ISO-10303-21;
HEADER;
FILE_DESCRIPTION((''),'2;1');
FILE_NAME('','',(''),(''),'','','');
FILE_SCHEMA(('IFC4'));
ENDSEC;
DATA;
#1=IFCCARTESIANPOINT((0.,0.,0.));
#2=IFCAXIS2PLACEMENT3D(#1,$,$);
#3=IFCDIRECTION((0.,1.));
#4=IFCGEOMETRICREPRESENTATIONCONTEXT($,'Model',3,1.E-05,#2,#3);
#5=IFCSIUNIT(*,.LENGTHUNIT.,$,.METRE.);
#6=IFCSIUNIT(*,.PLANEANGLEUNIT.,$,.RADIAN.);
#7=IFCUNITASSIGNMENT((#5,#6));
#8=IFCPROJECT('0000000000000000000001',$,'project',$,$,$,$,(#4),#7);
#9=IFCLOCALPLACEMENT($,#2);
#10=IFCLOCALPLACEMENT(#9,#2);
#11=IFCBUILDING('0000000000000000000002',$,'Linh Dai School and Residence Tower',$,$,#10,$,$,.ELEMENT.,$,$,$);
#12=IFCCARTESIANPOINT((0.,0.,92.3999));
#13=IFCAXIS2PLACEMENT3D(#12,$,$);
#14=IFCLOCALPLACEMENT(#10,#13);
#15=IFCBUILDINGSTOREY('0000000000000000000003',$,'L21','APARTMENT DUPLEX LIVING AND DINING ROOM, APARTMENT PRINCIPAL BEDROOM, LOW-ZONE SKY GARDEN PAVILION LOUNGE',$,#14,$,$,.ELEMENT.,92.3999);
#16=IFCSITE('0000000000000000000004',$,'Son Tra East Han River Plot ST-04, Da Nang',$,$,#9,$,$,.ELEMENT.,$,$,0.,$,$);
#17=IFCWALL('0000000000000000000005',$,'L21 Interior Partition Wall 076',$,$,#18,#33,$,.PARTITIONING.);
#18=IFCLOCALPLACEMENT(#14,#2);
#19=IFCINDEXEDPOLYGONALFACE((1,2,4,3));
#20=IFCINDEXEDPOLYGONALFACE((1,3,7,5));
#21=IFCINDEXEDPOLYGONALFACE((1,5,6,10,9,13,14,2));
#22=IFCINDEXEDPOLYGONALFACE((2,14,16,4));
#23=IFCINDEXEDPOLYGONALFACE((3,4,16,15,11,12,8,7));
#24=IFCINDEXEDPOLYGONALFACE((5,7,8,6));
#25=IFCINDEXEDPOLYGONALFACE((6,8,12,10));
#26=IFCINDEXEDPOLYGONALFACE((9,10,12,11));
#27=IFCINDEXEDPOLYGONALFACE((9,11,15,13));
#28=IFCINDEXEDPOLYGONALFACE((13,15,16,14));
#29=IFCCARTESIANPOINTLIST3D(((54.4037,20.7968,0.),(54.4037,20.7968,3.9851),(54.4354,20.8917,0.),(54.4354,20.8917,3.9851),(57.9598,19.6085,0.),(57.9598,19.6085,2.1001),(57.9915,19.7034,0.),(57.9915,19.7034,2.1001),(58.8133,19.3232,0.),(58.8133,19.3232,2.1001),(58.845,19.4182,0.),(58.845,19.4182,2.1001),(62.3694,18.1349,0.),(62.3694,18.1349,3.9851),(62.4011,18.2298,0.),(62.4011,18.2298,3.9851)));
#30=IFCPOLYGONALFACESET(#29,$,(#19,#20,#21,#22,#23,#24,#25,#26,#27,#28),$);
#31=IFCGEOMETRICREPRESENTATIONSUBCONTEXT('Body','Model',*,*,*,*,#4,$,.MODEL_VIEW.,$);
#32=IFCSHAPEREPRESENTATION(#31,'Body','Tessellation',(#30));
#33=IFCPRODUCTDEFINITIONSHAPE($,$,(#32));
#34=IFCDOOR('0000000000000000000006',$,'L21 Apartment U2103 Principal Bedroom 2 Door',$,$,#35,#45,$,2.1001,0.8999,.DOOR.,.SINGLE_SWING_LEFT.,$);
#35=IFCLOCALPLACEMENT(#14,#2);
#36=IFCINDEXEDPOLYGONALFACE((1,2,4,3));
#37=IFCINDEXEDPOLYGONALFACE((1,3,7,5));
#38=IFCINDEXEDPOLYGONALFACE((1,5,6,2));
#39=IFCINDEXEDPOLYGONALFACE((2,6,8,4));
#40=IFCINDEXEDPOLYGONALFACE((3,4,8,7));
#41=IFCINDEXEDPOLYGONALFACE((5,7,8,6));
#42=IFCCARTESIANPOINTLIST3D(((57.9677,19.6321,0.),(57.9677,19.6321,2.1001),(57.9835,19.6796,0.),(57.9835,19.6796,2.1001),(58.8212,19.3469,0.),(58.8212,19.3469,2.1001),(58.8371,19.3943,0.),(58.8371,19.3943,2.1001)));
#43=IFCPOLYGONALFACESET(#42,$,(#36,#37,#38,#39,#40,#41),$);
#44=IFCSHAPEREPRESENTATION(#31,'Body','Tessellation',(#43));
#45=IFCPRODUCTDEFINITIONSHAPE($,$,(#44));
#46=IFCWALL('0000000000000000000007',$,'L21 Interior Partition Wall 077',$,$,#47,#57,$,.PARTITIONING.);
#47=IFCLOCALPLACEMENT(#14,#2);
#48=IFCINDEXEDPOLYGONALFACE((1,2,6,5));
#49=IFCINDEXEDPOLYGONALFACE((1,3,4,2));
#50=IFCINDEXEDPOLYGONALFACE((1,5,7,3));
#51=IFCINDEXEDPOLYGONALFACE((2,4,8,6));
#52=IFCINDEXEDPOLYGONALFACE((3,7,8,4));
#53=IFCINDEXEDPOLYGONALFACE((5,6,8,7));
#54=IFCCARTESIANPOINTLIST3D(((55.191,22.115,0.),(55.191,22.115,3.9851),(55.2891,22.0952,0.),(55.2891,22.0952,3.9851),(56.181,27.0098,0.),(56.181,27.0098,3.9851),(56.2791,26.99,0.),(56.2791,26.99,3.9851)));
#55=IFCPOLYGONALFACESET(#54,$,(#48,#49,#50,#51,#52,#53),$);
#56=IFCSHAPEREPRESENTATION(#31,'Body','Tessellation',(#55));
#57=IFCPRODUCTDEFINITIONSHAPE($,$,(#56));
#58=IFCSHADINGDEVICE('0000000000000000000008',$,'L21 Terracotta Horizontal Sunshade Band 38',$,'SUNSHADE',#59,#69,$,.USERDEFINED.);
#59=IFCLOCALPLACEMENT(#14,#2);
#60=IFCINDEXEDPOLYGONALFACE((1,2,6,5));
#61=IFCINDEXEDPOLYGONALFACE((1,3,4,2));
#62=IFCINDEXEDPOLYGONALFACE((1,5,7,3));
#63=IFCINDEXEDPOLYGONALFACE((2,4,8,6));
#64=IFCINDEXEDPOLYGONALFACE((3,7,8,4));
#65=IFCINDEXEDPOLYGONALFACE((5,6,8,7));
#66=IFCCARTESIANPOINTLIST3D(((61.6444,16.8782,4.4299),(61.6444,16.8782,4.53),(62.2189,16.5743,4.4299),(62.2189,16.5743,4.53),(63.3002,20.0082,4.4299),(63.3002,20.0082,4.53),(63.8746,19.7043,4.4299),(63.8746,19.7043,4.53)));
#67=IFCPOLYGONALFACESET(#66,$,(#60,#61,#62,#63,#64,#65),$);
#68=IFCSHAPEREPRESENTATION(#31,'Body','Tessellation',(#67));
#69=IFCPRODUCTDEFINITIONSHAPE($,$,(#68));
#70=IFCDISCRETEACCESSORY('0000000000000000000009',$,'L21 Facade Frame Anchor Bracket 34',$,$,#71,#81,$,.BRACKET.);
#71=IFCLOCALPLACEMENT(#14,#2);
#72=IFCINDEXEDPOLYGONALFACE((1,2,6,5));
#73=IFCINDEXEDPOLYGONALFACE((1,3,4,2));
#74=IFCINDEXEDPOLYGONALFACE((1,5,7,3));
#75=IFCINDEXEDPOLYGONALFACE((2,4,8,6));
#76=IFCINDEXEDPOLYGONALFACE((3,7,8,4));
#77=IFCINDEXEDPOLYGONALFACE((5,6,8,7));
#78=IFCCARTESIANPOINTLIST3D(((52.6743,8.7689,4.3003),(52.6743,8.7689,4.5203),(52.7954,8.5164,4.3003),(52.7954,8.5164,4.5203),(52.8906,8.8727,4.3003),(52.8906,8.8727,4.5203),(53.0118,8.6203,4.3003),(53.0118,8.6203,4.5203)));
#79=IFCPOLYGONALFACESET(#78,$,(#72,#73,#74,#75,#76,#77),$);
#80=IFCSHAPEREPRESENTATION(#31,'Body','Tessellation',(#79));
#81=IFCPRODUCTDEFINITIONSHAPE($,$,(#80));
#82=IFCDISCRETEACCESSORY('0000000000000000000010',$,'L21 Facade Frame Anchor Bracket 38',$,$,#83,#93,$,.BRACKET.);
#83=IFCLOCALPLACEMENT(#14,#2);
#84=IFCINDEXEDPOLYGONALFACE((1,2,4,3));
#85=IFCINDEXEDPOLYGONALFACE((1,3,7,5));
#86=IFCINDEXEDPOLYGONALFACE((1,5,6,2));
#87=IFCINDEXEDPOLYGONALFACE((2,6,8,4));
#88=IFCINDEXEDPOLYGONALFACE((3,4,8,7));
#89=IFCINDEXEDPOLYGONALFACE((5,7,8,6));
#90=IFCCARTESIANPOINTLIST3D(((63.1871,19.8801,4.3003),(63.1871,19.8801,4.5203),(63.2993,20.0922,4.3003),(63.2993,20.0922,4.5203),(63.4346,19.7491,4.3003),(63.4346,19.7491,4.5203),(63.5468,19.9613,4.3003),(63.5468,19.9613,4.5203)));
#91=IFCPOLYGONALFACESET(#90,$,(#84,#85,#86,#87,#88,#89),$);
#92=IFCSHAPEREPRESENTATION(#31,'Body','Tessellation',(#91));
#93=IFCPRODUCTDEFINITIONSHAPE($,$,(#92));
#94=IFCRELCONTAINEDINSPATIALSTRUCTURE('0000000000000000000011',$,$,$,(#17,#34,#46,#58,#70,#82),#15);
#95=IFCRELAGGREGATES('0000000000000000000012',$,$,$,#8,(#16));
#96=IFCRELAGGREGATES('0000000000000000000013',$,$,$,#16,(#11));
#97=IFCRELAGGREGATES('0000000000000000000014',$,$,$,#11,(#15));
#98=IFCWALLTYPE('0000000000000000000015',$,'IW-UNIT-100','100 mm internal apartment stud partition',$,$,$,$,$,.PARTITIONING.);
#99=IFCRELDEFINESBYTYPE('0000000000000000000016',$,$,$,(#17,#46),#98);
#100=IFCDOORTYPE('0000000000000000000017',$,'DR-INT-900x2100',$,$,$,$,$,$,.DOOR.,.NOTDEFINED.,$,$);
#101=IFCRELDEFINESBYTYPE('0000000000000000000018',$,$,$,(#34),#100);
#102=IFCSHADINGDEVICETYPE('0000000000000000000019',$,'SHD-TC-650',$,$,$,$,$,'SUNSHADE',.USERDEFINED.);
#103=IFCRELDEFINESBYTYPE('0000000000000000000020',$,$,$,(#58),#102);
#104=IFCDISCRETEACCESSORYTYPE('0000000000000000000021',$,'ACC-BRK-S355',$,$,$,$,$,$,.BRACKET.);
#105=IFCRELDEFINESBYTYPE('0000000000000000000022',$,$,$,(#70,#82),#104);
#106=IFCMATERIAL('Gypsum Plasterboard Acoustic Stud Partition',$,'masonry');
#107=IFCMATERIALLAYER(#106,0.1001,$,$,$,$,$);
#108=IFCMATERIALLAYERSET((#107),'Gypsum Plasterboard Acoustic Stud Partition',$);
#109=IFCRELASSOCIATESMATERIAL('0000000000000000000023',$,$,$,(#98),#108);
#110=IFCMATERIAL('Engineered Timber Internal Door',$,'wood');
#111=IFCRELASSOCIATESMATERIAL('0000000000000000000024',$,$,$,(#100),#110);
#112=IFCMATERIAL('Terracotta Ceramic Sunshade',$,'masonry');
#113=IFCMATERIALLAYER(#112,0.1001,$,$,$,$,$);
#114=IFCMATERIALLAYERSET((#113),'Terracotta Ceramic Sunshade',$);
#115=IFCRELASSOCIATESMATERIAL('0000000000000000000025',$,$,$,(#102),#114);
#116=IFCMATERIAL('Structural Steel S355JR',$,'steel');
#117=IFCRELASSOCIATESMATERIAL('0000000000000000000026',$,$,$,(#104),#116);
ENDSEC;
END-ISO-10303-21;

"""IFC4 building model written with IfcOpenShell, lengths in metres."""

from ifc_helpers import new_model, si_unit, direction, frame, frame_2d, origin, origin_2d, place, context, subcontext, project, spatial, rectangle, extrude, source, transform, mapped, material, layer, layer_set, type_object, element, fill, save


model = new_model("IFC4")

# Units and contexts
model_context = context("Model", 3, precision=1e-05, world=origin(), true_north=direction((0.0, 1.0)))
body_context = subcontext(model_context, "Body", "Model", "MODEL_VIEW")
ifc_project = project(units=[si_unit("LENGTHUNIT", "METRE"), si_unit("PLANEANGLEUNIT", "RADIAN")], contexts=[model_context])

# Site, building, storey
site_placement = place(None, origin())
site = spatial("IfcSite", under=ifc_project, at=site_placement, Name="Son Tra East Han River Plot ST-04, Da Nang", CompositionType="ELEMENT", RefElevation=0.0)
building_placement = place(site_placement, origin())
building = spatial("IfcBuilding", under=site, at=building_placement, Name="Linh Dai School and Residence Tower", CompositionType="ELEMENT")
storey_placement = place(building_placement, frame((0.0, 0.0, 92.3999)))
storey = spatial("IfcBuildingStorey", under=building, at=storey_placement, Name="L21", Description="APARTMENT DUPLEX LIVING AND DINING ROOM, APARTMENT PRINCIPAL BEDROOM, LOW-ZONE SKY GARDEN PAVILION LOUNGE", CompositionType="ELEMENT", Elevation=92.3999)

# Shared definitions
ifc_material_1 = material(Name="Structural Steel S355JR", Category="steel")

# Shared definitions
ifc_material_2 = material(Name="Gypsum Plasterboard Acoustic Stud Partition", Category="masonry")
ifc_layer_1 = layer(ifc_material_2, 0.1001)
ifc_layer_set_1 = layer_set([ifc_layer_1], Name="Gypsum Plasterboard Acoustic Stud Partition")
wall_type_1 = type_object("IfcWallType", Name="IW-UNIT-100", Description="100 mm internal apartment stud partition", PredefinedType="PARTITIONING", material=ifc_layer_set_1)

# Wall, opening, door
wall_1_placement = place(storey_placement, frame((54.4197, 20.8442, 0.0), z_axis=(0.0, 0.0, 1.0), x_axis=(0.948445, -0.316943, 0.0)))
wall_1 = element("IfcWall", 1, at=wall_1_placement, inside=storey, type_object=wall_type_1, Name="L21 Interior Partition Wall 076", PredefinedType="PARTITIONING", context=body_context, shape_type="SweptSolid", body=[
    extrude(rectangle(XDim=8.3987, YDim=0.1001, at=frame_2d((4.1992, 0.0))), origin(), (0.0, 0.0, 1.0), 3.9851),
])
opening_1_placement = place(wall_1_placement, frame((3.7493, 0.0, 0.0)))
opening_1 = element("IfcOpeningElement", 2, at=opening_1_placement, cuts=wall_1, PredefinedType="OPENING", context=body_context, shape_type="SweptSolid", body=[
    extrude(rectangle(XDim=0.8999, YDim=2.1001, at=origin_2d()), frame((0.45, 0.0601, 1.05), z_axis=(0.0, -1.0, 0.0), x_axis=(1.0, 0.0, 0.0)), (0.0, 0.0, 1.0), 0.1201),
])
ifc_material_3 = material(Name="Engineered Timber Internal Door", Category="wood")
door_type = type_object("IfcDoorType", Name="DR-INT-900x2100", OperationType="NOTDEFINED", PredefinedType="DOOR", material=ifc_material_3)
shared_shape_1 = source(origin(), body_context, "Body", "SweptSolid", [
    extrude(rectangle(XDim=0.8999, YDim=2.1001, at=origin_2d()), frame((0.45, 0.0249, 1.05), z_axis=(0.0, -1.0, 0.0), x_axis=(1.0, 0.0, 0.0)), (0.0, 0.0, 1.0), 0.05),
])
door_placement = place(opening_1_placement, origin())
door = element("IfcDoor", 3, at=door_placement, inside=storey, type_object=door_type, Name="L21 Apartment U2103 Principal Bedroom 2 Door", OperationType="SINGLE_SWING_LEFT", OverallHeight=2.1001, OverallWidth=0.8999, PredefinedType="DOOR", context=body_context, shape_type="MappedRepresentation", body=[
    mapped(shared_shape_1, transform((0.0, 0.0, 0.0), x_axis=(1.0, 0.0, 0.0), y_axis=(0.0, 1.0, 0.0), z_axis=(0.0, 0.0, 1.0), scale=1.0)),
])
fill(opening_1, door)

# Wall
wall_2_placement = place(storey_placement, frame((55.24, 22.105, 0.0), z_axis=(0.0, 0.0, 1.0), x_axis=(0.19824, 0.980153, 0.0)))
element("IfcWall", 4, at=wall_2_placement, inside=storey, type_object=wall_type_1, Name="L21 Interior Partition Wall 077", PredefinedType="PARTITIONING", context=body_context, shape_type="SweptSolid", body=[
    extrude(rectangle(XDim=4.9939, YDim=0.1001, at=frame_2d((2.4971, 0.0))), origin(), (0.0, 0.0, 1.0), 3.9851),
])

# Shading device
ifc_material_4 = material(Name="Terracotta Ceramic Sunshade", Category="masonry")
ifc_layer_2 = layer(ifc_material_4, 0.1001)
ifc_layer_set_2 = layer_set([ifc_layer_2], Name="Terracotta Ceramic Sunshade")
shading_device_type = type_object("IfcShadingDeviceType", Name="SHD-TC-650", ElementType="SUNSHADE", PredefinedType="USERDEFINED", material=ifc_layer_set_2)
shared_shape_2 = source(origin(), body_context, "Body", "SweptSolid", [
    extrude(rectangle(XDim=3.541, YDim=0.6499, at=origin_2d()), origin(), (0.0, 0.0, 1.0), 0.1001),
])
shading_device_placement = place(storey_placement, frame((62.7595, 18.2913, 4.4299), z_axis=(0.0, 0.0, 1.0), x_axis=(-0.467596, -0.883942, 0.0)))
element("IfcShadingDevice", 5, at=shading_device_placement, inside=storey, type_object=shading_device_type, Name="L21 Terracotta Horizontal Sunshade Band 38", ObjectType="SUNSHADE", PredefinedType="USERDEFINED", context=body_context, shape_type="MappedRepresentation", body=[
    mapped(shared_shape_2, transform((0.0, 0.0, 0.0), x_axis=(1.0, 0.0, 0.0), y_axis=(0.0, 1.0, 0.0), z_axis=(0.0, 0.0, 1.0), scale=1.0)),
])

# Discrete accessories
discrete_accessory_type = type_object("IfcDiscreteAccessoryType", Name="ACC-BRK-S355", PredefinedType="BRACKET", material=ifc_material_1)
shared_shape_3 = source(origin(), body_context, "Body", "SweptSolid", [
    extrude(rectangle(XDim=0.28, YDim=0.24, at=origin_2d()), origin(), (0.0, 0.0, 1.0), 0.22),
])
for number, where, z_axis, x_axis, name in (
    (6, (52.843, 8.6946, 4.3003), (0.0, 0.0, 1.0), (0.432618, -0.901578, 0.0), "L21 Facade Frame Anchor Bracket 34"),
    (7, (63.3669, 19.9207, 4.3003), (0.0, 0.0, 1.0), (0.883942, -0.467596, 0.0), "L21 Facade Frame Anchor Bracket 38"),
):
    element("IfcDiscreteAccessory", number, at=place(storey_placement, frame(where, z_axis=z_axis, x_axis=x_axis)), inside=storey, type_object=discrete_accessory_type, Name=name, PredefinedType="BRACKET", context=body_context, shape_type="MappedRepresentation", body=[
        mapped(shared_shape_3, transform((0.0, 0.0, 0.0), x_axis=(1.0, 0.0, 0.0), y_axis=(0.0, 1.0, 0.0), z_axis=(0.0, 0.0, 1.0), scale=1.0)),
    ])

save(model, "model.ifc")
